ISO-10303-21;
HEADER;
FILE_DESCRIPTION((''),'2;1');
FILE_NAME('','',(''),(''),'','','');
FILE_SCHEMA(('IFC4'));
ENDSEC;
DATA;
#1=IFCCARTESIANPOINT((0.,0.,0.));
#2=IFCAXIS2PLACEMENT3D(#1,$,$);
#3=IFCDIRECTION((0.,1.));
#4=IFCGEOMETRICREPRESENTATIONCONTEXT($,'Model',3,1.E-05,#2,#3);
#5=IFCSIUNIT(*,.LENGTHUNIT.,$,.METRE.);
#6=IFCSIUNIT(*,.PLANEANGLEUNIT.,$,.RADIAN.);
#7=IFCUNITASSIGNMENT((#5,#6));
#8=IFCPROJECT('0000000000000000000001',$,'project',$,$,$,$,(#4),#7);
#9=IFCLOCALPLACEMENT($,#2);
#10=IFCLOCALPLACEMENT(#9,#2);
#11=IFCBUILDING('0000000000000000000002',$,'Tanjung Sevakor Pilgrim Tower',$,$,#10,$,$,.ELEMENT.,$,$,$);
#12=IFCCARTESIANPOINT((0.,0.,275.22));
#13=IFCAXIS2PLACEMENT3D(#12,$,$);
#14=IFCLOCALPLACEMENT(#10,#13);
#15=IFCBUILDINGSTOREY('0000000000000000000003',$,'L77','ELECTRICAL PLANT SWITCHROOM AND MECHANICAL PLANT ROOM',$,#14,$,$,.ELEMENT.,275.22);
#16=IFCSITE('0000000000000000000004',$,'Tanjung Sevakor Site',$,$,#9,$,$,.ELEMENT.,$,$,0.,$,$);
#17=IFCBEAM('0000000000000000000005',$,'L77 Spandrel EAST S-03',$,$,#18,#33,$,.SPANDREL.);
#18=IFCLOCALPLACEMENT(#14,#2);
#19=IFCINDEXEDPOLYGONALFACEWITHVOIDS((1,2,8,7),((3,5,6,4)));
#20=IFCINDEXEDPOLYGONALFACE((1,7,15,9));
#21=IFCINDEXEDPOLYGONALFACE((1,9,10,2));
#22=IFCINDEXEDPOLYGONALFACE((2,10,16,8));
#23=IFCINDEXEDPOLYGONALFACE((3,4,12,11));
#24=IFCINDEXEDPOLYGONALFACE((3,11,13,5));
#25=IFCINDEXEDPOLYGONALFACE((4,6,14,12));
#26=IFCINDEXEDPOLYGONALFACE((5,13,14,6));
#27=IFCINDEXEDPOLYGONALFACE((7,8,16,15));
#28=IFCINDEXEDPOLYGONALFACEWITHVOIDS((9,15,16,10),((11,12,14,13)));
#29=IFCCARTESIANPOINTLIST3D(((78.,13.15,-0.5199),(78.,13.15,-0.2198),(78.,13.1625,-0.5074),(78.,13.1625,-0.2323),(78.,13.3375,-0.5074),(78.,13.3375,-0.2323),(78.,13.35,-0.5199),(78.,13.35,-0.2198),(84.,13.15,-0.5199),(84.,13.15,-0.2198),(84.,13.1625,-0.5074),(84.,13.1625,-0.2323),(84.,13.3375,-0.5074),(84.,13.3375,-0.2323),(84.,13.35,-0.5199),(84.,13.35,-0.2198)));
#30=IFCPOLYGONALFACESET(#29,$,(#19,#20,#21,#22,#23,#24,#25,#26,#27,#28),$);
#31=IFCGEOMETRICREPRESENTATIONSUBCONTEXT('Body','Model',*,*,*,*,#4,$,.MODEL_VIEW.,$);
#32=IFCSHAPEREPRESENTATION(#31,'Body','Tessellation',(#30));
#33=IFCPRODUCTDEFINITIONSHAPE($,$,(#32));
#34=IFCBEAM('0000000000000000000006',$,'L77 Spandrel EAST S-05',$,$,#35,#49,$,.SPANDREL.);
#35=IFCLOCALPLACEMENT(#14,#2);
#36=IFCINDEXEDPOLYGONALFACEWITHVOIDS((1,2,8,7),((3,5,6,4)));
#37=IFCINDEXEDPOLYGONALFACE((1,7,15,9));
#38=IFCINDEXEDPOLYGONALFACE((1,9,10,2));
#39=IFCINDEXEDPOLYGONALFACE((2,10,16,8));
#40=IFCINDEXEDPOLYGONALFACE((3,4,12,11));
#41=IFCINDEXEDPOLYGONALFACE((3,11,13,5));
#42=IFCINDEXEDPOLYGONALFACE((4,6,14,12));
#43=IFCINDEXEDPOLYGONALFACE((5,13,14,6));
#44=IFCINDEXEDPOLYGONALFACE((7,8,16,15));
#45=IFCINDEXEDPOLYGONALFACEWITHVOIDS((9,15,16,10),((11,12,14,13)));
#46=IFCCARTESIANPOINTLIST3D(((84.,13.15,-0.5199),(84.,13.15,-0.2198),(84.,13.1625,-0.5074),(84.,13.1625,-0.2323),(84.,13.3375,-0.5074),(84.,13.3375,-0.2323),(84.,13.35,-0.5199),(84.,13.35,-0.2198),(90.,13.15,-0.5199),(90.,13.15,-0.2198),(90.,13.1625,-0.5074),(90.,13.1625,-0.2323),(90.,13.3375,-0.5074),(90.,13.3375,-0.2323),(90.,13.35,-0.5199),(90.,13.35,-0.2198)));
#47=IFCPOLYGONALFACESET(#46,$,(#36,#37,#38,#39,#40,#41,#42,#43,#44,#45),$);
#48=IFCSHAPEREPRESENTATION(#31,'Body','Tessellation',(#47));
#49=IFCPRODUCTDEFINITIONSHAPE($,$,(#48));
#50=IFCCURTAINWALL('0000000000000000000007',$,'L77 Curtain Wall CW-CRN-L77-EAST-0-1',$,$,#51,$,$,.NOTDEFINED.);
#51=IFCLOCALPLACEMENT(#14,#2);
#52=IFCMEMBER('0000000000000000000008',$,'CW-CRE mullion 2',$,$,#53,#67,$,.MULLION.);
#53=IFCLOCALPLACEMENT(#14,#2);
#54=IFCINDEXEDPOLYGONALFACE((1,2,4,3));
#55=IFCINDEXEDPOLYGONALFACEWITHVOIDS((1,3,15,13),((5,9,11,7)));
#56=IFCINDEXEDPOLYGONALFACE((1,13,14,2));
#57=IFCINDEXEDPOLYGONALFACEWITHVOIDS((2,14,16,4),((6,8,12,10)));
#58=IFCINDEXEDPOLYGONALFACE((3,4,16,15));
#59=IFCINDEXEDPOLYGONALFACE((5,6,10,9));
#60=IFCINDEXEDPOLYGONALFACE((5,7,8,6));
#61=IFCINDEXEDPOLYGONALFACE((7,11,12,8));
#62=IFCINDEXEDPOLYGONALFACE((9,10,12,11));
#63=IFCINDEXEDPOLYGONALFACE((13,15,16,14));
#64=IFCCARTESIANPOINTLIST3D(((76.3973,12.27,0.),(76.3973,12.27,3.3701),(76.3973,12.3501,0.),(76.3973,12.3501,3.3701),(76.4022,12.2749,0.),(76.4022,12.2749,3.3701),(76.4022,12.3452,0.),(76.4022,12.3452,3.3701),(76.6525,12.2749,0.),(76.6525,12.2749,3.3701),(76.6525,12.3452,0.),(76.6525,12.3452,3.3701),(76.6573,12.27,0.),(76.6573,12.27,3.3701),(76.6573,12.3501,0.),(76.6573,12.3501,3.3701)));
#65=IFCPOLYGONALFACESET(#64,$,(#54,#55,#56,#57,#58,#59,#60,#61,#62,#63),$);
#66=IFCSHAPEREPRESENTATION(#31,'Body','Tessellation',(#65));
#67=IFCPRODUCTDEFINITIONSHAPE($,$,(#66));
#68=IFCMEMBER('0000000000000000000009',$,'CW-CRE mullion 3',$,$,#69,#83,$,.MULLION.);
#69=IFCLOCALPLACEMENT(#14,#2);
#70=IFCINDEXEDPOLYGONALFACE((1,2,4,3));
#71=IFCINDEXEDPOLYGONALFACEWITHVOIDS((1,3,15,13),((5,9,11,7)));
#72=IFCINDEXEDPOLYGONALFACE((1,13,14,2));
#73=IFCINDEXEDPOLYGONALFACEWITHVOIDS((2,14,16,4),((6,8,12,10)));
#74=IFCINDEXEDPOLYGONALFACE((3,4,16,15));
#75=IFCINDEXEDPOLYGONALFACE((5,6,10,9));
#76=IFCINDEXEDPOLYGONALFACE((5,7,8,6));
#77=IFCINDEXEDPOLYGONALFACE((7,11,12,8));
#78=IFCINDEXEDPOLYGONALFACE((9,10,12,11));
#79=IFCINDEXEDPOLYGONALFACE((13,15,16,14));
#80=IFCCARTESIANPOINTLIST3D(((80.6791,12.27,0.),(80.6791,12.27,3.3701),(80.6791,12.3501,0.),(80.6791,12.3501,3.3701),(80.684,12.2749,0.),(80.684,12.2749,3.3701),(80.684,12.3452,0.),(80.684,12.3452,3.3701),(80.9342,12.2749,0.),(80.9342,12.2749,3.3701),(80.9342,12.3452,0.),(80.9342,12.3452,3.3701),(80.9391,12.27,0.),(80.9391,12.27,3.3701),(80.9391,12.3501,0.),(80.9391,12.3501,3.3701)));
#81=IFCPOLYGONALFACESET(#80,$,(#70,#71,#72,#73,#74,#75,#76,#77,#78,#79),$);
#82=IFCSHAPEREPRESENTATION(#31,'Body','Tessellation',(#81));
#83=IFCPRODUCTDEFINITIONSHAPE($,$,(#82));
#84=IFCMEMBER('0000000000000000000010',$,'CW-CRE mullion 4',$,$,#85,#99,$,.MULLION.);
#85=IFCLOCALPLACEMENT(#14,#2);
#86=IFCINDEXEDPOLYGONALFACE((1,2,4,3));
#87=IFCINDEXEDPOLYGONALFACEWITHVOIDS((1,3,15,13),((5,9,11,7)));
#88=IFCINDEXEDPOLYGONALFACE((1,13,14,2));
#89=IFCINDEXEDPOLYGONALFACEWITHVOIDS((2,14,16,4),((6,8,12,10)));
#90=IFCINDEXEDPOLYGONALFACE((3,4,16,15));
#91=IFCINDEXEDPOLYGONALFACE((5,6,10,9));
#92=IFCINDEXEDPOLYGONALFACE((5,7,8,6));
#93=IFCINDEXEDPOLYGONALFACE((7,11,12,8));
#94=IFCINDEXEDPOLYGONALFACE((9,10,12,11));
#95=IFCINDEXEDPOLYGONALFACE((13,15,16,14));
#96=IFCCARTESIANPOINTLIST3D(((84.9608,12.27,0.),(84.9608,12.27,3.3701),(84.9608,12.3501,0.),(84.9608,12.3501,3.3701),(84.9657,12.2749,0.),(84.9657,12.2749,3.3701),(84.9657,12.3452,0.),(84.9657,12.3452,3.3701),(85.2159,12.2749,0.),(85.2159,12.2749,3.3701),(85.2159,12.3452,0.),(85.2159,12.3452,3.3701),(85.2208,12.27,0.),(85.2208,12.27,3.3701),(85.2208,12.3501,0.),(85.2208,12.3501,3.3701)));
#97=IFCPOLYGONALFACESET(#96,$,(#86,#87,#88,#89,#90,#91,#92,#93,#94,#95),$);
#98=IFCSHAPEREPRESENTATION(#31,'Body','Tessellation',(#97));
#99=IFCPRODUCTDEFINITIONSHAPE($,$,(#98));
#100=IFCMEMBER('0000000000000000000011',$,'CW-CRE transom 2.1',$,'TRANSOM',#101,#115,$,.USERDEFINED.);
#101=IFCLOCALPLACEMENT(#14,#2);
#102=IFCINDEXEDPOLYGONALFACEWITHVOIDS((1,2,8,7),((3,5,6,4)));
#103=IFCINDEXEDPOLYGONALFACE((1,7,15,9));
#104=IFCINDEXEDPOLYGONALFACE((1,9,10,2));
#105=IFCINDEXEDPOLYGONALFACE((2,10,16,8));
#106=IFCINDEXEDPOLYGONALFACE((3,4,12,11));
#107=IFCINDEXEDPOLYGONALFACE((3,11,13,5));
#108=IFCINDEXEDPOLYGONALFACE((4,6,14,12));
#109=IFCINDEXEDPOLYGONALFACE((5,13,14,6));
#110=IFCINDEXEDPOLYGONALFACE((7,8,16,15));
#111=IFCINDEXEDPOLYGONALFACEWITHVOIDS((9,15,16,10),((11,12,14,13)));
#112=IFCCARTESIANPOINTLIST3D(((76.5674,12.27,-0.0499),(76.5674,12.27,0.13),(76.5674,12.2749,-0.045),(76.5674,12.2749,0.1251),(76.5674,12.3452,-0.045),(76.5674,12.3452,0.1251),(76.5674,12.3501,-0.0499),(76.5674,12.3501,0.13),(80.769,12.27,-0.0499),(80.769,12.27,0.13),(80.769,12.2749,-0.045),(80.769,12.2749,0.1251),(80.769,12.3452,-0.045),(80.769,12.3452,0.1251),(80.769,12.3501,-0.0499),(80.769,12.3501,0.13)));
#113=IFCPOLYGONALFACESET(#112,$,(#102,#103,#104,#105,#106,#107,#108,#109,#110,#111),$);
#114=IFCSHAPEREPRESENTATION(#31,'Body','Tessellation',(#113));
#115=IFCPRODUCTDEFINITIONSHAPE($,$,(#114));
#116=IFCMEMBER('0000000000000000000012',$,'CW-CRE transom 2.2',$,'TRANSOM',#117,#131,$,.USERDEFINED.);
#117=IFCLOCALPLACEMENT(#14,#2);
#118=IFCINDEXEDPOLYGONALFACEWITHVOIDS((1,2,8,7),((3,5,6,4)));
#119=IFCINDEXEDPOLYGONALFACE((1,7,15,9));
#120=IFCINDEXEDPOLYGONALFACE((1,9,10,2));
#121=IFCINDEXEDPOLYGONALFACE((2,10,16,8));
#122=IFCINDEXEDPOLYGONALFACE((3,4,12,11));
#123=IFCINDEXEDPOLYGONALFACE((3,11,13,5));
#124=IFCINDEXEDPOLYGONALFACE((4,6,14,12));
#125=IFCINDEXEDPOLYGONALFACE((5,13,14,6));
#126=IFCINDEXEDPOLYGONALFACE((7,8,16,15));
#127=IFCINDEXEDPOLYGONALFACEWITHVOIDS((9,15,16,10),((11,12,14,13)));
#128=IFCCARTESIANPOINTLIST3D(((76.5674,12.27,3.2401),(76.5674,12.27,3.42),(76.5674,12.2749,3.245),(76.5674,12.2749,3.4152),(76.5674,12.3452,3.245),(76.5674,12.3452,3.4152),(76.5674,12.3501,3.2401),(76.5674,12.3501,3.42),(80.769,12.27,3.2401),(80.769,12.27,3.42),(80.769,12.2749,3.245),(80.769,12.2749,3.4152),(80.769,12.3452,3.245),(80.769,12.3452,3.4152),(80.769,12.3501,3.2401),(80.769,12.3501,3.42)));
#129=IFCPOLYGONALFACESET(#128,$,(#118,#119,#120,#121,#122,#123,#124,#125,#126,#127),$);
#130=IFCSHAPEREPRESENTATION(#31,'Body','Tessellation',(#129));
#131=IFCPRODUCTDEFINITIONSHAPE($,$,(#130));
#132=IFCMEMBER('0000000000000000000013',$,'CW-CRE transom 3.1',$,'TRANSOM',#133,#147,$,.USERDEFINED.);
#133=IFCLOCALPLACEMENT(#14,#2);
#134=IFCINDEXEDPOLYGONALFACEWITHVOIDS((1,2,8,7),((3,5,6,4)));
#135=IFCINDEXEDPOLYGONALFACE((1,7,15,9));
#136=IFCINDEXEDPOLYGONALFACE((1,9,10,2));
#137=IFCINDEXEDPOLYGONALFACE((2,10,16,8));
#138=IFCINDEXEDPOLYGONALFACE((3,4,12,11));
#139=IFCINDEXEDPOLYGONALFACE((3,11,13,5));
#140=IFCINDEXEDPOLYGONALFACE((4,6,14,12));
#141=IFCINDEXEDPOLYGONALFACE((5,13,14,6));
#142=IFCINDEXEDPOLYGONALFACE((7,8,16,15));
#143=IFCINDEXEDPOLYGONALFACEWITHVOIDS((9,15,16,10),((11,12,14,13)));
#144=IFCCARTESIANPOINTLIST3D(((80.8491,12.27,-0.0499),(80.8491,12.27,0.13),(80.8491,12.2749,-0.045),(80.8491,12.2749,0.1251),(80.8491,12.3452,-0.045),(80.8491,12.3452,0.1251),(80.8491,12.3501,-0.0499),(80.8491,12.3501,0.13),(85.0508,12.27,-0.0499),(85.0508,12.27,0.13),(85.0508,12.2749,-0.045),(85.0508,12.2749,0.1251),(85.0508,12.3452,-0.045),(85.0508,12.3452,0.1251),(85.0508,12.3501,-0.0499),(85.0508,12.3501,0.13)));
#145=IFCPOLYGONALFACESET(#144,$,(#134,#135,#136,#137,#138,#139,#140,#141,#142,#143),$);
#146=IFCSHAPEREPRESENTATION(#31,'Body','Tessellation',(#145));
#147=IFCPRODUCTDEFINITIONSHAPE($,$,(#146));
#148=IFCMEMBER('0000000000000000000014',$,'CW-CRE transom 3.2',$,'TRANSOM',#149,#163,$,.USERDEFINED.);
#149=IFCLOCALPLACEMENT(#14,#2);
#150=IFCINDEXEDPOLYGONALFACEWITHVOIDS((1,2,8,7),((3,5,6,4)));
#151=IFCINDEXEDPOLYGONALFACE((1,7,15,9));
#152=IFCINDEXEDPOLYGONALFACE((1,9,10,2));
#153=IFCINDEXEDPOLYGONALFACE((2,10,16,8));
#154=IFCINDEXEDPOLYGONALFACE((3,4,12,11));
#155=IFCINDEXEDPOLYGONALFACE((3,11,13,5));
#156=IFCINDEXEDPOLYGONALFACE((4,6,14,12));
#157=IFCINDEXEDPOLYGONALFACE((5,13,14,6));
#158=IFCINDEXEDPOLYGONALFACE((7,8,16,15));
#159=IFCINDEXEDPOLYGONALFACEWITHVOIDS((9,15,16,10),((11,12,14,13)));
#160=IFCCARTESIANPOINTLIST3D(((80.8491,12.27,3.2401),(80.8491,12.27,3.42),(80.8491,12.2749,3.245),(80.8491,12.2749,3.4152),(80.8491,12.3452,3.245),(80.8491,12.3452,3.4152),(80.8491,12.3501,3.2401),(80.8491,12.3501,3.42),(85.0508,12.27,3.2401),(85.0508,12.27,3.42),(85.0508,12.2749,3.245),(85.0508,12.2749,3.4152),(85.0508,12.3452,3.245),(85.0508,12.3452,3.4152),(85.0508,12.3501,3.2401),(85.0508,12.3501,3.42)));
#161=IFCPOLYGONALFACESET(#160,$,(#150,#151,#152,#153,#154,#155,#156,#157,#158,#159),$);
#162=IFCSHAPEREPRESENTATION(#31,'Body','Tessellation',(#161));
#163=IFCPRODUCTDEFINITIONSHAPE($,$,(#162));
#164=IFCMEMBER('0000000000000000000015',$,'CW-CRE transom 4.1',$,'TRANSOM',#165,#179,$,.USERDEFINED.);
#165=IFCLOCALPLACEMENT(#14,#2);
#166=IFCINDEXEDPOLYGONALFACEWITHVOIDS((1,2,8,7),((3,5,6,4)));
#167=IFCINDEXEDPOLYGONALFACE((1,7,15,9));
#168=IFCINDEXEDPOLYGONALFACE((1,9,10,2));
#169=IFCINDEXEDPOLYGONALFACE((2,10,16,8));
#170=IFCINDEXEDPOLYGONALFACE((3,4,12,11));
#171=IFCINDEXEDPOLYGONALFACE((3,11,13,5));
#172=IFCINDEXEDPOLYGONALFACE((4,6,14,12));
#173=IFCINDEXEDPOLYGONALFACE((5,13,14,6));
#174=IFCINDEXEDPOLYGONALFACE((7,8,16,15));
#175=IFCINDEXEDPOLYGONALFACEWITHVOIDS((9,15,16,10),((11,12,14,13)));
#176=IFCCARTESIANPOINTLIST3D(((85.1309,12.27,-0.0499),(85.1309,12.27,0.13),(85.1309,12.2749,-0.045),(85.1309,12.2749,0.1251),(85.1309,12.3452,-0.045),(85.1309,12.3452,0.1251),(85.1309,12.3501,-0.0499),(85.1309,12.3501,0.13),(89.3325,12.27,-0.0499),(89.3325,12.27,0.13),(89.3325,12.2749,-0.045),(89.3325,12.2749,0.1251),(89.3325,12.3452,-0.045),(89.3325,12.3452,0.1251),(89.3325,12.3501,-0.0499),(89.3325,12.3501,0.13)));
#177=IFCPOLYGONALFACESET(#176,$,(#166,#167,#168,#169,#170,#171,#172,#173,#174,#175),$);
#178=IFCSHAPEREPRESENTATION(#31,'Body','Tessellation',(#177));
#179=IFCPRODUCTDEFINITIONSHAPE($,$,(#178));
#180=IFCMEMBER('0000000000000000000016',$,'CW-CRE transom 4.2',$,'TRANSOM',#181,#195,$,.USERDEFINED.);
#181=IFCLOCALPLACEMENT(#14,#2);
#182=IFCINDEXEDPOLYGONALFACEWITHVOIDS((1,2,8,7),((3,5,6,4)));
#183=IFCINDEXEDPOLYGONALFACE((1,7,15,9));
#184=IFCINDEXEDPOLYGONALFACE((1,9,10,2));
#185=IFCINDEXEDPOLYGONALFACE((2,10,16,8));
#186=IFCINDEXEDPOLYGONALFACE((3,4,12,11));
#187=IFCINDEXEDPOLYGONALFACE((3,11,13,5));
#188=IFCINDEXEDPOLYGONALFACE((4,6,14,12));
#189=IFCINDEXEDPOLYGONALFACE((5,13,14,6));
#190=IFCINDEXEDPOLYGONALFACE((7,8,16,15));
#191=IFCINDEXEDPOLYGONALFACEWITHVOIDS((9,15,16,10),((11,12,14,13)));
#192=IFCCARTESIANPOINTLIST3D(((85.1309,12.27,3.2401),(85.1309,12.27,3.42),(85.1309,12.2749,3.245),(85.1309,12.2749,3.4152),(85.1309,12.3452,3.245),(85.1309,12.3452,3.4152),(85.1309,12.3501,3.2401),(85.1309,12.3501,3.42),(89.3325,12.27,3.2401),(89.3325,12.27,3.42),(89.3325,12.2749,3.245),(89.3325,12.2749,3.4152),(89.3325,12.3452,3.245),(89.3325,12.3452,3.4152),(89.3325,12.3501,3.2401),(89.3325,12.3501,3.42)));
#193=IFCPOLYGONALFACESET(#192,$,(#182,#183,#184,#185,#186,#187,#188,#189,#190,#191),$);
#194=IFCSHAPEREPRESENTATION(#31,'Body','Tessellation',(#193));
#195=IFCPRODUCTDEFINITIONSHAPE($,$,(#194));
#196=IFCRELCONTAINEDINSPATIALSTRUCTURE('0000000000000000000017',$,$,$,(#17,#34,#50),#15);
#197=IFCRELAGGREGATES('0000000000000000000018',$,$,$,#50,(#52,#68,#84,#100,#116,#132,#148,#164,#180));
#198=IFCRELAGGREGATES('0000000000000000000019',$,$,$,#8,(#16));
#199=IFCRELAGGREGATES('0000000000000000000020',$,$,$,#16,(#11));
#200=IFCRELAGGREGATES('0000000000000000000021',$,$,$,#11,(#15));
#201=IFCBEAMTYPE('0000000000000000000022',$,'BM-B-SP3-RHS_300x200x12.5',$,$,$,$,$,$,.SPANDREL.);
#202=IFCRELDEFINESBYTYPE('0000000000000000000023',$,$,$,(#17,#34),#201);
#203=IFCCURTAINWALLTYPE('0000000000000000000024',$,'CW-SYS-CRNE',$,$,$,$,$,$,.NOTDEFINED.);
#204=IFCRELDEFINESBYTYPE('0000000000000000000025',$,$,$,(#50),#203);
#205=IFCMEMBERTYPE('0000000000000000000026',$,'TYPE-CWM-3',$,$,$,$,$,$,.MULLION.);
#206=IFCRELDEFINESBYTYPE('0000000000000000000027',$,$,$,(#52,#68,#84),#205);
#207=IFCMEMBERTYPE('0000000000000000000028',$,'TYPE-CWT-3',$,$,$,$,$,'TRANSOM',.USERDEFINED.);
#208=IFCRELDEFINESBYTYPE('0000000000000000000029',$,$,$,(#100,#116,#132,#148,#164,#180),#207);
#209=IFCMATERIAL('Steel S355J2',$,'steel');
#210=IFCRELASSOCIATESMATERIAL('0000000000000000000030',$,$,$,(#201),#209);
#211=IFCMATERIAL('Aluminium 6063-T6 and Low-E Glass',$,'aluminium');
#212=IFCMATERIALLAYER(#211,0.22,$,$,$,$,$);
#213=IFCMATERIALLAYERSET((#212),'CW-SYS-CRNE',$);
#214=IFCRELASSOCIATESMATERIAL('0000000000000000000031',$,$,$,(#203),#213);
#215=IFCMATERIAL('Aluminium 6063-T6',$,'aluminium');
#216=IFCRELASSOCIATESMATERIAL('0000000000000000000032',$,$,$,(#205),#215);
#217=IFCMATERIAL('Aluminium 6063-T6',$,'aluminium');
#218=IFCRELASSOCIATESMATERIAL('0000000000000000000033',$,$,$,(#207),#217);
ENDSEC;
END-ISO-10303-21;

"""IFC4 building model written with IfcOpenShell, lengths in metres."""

from ifc_helpers import new_model, si_unit, direction, frame, origin, origin_2d, place, context, subcontext, project, spatial, hollow_rectangle, extrude, material, layer, layer_set, material_profile, profile_set, type_object, element, aggregate, save


model = new_model("IFC4")

# Units and contexts
model_context = context("Model", 3, precision=1e-05, world=origin(), true_north=direction((0.0, 1.0)))
body_context = subcontext(model_context, "Body", "Model", "MODEL_VIEW")
ifc_project = project(units=[si_unit("LENGTHUNIT", "METRE"), si_unit("PLANEANGLEUNIT", "RADIAN")], contexts=[model_context])

# Site, building, storey
site_placement = place(None, origin())
site = spatial("IfcSite", under=ifc_project, at=site_placement, Name="Tanjung Sevakor Site", CompositionType="ELEMENT", RefElevation=0.0)
building_placement = place(site_placement, origin())
building = spatial("IfcBuilding", under=site, at=building_placement, Name="Tanjung Sevakor Pilgrim Tower", CompositionType="ELEMENT")
storey_placement = place(building_placement, frame((0.0, 0.0, 275.22)))
storey = spatial("IfcBuildingStorey", under=building, at=storey_placement, Name="L77", Description="ELECTRICAL PLANT SWITCHROOM AND MECHANICAL PLANT ROOM", CompositionType="ELEMENT", Elevation=275.22)

# Beams
ifc_material_1 = material(Name="Steel S355J2", Category="steel")
ifc_material_profile_1 = material_profile(ifc_material_1, hollow_rectangle(XDim=0.2, YDim=0.3, WallThickness=0.0125, at=origin_2d()))
ifc_profile_set_1 = profile_set([ifc_material_profile_1], Name="Steel S355J2")
beam_type_1 = type_object("IfcBeamType", Name="BM-B-SP3-RHS_300x200x12.5", PredefinedType="SPANDREL", material=ifc_profile_set_1)
for number, where, z_axis, x_axis, name in (
    (1, (78.0, 13.25, -0.3699), (1.0, 0.0, 0.0), (0.0, 1.0, 0.0), "L77 Spandrel EAST S-03"),
    (2, (84.0, 13.25, -0.3699), (1.0, 0.0, 0.0), (0.0, 1.0, 0.0), "L77 Spandrel EAST S-05"),
):
    element("IfcBeam", number, at=place(storey_placement, frame(where, z_axis=z_axis, x_axis=x_axis)), inside=storey, type_object=beam_type_1, Name=name, PredefinedType="SPANDREL", context=body_context, shape_type="SweptSolid", body=[
        extrude(hollow_rectangle(XDim=0.2, YDim=0.3, WallThickness=0.0125, at=origin_2d()), origin(), (0.0, 0.0, 1.0), 6.0),
    ])

# Curtain wall, members
ifc_material_2 = material(Name="Aluminium 6063-T6 and Low-E Glass", Category="aluminium")
ifc_layer_1 = layer(ifc_material_2, 0.22)
ifc_layer_set_1 = layer_set([ifc_layer_1], Name="CW-SYS-CRNE")
curtain_wall_type = type_object("IfcCurtainWallType", Name="CW-SYS-CRNE", PredefinedType="NOTDEFINED", material=ifc_layer_set_1)
curtain_wall_placement = place(storey_placement, origin())
curtain_wall = element("IfcCurtainWall", 3, at=curtain_wall_placement, inside=storey, type_object=curtain_wall_type, Name="L77 Curtain Wall CW-CRN-L77-EAST-0-1", PredefinedType="NOTDEFINED")
ifc_material_3 = material(Name="Aluminium 6063-T6", Category="aluminium")
ifc_material_profile_2 = material_profile(ifc_material_3, hollow_rectangle(XDim=0.0801, YDim=0.26, WallThickness=0.0049, at=origin_2d()))
ifc_profile_set_2 = profile_set([ifc_material_profile_2], Name="Aluminium 6063-T6")
member_type_1 = type_object("IfcMemberType", Name="TYPE-CWM-3", PredefinedType="MULLION", material=ifc_profile_set_2)
member_1_placement = place(storey_placement, frame((76.5273, 12.3101, 0.0), z_axis=(0.0, 0.0, 1.0), x_axis=(0.0, 1.0, 0.0)))
member_1 = element("IfcMember", 4, at=member_1_placement, type_object=member_type_1, Name="CW-CRE mullion 2", PredefinedType="MULLION", context=body_context, shape_type="SweptSolid", body=[
    extrude(hollow_rectangle(XDim=0.0801, YDim=0.26, WallThickness=0.0049, at=origin_2d()), origin(), (0.0, 0.0, 1.0), 3.3701),
])
member_2_placement = place(storey_placement, frame((80.8091, 12.3101, 0.0), z_axis=(0.0, 0.0, 1.0), x_axis=(0.0, 1.0, 0.0)))
member_2 = element("IfcMember", 5, at=member_2_placement, type_object=member_type_1, Name="CW-CRE mullion 3", PredefinedType="MULLION", context=body_context, shape_type="SweptSolid", body=[
    extrude(hollow_rectangle(XDim=0.0801, YDim=0.26, WallThickness=0.0049, at=origin_2d()), origin(), (0.0, 0.0, 1.0), 3.3701),
])
member_3_placement = place(storey_placement, frame((85.0908, 12.3101, 0.0), z_axis=(0.0, 0.0, 1.0), x_axis=(0.0, 1.0, 0.0)))
member_3 = element("IfcMember", 6, at=member_3_placement, type_object=member_type_1, Name="CW-CRE mullion 4", PredefinedType="MULLION", context=body_context, shape_type="SweptSolid", body=[
    extrude(hollow_rectangle(XDim=0.0801, YDim=0.26, WallThickness=0.0049, at=origin_2d()), origin(), (0.0, 0.0, 1.0), 3.3701),
])
ifc_material_4 = material(Name="Aluminium 6063-T6", Category="aluminium")
ifc_material_profile_3 = material_profile(ifc_material_4, hollow_rectangle(XDim=0.0801, YDim=0.1799, WallThickness=0.0049, at=origin_2d()))
ifc_profile_set_3 = profile_set([ifc_material_profile_3], Name="Aluminium 6063-T6")
member_type_2 = type_object("IfcMemberType", Name="TYPE-CWT-3", ElementType="TRANSOM", PredefinedType="USERDEFINED", material=ifc_profile_set_3)
member_4_placement = place(storey_placement, frame((76.5674, 12.3101, 0.04), z_axis=(1.0, 0.0, 0.0), x_axis=(0.0, 1.0, 0.0)))
member_4 = element("IfcMember", 7, at=member_4_placement, type_object=member_type_2, Name="CW-CRE transom 2.1", ObjectType="TRANSOM", PredefinedType="USERDEFINED", context=body_context, shape_type="SweptSolid", body=[
    extrude(hollow_rectangle(XDim=0.0801, YDim=0.1799, WallThickness=0.0049, at=origin_2d()), origin(), (0.0, 0.0, 1.0), 4.2017),
])
member_5_placement = place(storey_placement, frame((76.5674, 12.3101, 3.3301), z_axis=(1.0, 0.0, 0.0), x_axis=(0.0, 1.0, 0.0)))
member_5 = element("IfcMember", 8, at=member_5_placement, type_object=member_type_2, Name="CW-CRE transom 2.2", ObjectType="TRANSOM", PredefinedType="USERDEFINED", context=body_context, shape_type="SweptSolid", body=[
    extrude(hollow_rectangle(XDim=0.0801, YDim=0.1799, WallThickness=0.0049, at=origin_2d()), origin(), (0.0, 0.0, 1.0), 4.2017),
])
member_6_placement = place(storey_placement, frame((80.8491, 12.3101, 0.04), z_axis=(1.0, 0.0, 0.0), x_axis=(0.0, 1.0, 0.0)))
member_6 = element("IfcMember", 9, at=member_6_placement, type_object=member_type_2, Name="CW-CRE transom 3.1", ObjectType="TRANSOM", PredefinedType="USERDEFINED", context=body_context, shape_type="SweptSolid", body=[
    extrude(hollow_rectangle(XDim=0.0801, YDim=0.1799, WallThickness=0.0049, at=origin_2d()), origin(), (0.0, 0.0, 1.0), 4.2017),
])
member_7_placement = place(storey_placement, frame((80.8491, 12.3101, 3.3301), z_axis=(1.0, 0.0, 0.0), x_axis=(0.0, 1.0, 0.0)))
member_7 = element("IfcMember", 10, at=member_7_placement, type_object=member_type_2, Name="CW-CRE transom 3.2", ObjectType="TRANSOM", PredefinedType="USERDEFINED", context=body_context, shape_type="SweptSolid", body=[
    extrude(hollow_rectangle(XDim=0.0801, YDim=0.1799, WallThickness=0.0049, at=origin_2d()), origin(), (0.0, 0.0, 1.0), 4.2017),
])
member_8_placement = place(storey_placement, frame((85.1309, 12.3101, 0.04), z_axis=(1.0, 0.0, 0.0), x_axis=(0.0, 1.0, 0.0)))
member_8 = element("IfcMember", 11, at=member_8_placement, type_object=member_type_2, Name="CW-CRE transom 4.1", ObjectType="TRANSOM", PredefinedType="USERDEFINED", context=body_context, shape_type="SweptSolid", body=[
    extrude(hollow_rectangle(XDim=0.0801, YDim=0.1799, WallThickness=0.0049, at=origin_2d()), origin(), (0.0, 0.0, 1.0), 4.2017),
])
member_9_placement = place(storey_placement, frame((85.1309, 12.3101, 3.3301), z_axis=(1.0, 0.0, 0.0), x_axis=(0.0, 1.0, 0.0)))
member_9 = element("IfcMember", 12, at=member_9_placement, type_object=member_type_2, Name="CW-CRE transom 4.2", ObjectType="TRANSOM", PredefinedType="USERDEFINED", context=body_context, shape_type="SweptSolid", body=[
    extrude(hollow_rectangle(XDim=0.0801, YDim=0.1799, WallThickness=0.0049, at=origin_2d()), origin(), (0.0, 0.0, 1.0), 4.2017),
])
aggregate(curtain_wall, [member_1, member_2, member_3, member_4, member_5, member_6, member_7, member_8, member_9])

save(model, "model.ifc")
